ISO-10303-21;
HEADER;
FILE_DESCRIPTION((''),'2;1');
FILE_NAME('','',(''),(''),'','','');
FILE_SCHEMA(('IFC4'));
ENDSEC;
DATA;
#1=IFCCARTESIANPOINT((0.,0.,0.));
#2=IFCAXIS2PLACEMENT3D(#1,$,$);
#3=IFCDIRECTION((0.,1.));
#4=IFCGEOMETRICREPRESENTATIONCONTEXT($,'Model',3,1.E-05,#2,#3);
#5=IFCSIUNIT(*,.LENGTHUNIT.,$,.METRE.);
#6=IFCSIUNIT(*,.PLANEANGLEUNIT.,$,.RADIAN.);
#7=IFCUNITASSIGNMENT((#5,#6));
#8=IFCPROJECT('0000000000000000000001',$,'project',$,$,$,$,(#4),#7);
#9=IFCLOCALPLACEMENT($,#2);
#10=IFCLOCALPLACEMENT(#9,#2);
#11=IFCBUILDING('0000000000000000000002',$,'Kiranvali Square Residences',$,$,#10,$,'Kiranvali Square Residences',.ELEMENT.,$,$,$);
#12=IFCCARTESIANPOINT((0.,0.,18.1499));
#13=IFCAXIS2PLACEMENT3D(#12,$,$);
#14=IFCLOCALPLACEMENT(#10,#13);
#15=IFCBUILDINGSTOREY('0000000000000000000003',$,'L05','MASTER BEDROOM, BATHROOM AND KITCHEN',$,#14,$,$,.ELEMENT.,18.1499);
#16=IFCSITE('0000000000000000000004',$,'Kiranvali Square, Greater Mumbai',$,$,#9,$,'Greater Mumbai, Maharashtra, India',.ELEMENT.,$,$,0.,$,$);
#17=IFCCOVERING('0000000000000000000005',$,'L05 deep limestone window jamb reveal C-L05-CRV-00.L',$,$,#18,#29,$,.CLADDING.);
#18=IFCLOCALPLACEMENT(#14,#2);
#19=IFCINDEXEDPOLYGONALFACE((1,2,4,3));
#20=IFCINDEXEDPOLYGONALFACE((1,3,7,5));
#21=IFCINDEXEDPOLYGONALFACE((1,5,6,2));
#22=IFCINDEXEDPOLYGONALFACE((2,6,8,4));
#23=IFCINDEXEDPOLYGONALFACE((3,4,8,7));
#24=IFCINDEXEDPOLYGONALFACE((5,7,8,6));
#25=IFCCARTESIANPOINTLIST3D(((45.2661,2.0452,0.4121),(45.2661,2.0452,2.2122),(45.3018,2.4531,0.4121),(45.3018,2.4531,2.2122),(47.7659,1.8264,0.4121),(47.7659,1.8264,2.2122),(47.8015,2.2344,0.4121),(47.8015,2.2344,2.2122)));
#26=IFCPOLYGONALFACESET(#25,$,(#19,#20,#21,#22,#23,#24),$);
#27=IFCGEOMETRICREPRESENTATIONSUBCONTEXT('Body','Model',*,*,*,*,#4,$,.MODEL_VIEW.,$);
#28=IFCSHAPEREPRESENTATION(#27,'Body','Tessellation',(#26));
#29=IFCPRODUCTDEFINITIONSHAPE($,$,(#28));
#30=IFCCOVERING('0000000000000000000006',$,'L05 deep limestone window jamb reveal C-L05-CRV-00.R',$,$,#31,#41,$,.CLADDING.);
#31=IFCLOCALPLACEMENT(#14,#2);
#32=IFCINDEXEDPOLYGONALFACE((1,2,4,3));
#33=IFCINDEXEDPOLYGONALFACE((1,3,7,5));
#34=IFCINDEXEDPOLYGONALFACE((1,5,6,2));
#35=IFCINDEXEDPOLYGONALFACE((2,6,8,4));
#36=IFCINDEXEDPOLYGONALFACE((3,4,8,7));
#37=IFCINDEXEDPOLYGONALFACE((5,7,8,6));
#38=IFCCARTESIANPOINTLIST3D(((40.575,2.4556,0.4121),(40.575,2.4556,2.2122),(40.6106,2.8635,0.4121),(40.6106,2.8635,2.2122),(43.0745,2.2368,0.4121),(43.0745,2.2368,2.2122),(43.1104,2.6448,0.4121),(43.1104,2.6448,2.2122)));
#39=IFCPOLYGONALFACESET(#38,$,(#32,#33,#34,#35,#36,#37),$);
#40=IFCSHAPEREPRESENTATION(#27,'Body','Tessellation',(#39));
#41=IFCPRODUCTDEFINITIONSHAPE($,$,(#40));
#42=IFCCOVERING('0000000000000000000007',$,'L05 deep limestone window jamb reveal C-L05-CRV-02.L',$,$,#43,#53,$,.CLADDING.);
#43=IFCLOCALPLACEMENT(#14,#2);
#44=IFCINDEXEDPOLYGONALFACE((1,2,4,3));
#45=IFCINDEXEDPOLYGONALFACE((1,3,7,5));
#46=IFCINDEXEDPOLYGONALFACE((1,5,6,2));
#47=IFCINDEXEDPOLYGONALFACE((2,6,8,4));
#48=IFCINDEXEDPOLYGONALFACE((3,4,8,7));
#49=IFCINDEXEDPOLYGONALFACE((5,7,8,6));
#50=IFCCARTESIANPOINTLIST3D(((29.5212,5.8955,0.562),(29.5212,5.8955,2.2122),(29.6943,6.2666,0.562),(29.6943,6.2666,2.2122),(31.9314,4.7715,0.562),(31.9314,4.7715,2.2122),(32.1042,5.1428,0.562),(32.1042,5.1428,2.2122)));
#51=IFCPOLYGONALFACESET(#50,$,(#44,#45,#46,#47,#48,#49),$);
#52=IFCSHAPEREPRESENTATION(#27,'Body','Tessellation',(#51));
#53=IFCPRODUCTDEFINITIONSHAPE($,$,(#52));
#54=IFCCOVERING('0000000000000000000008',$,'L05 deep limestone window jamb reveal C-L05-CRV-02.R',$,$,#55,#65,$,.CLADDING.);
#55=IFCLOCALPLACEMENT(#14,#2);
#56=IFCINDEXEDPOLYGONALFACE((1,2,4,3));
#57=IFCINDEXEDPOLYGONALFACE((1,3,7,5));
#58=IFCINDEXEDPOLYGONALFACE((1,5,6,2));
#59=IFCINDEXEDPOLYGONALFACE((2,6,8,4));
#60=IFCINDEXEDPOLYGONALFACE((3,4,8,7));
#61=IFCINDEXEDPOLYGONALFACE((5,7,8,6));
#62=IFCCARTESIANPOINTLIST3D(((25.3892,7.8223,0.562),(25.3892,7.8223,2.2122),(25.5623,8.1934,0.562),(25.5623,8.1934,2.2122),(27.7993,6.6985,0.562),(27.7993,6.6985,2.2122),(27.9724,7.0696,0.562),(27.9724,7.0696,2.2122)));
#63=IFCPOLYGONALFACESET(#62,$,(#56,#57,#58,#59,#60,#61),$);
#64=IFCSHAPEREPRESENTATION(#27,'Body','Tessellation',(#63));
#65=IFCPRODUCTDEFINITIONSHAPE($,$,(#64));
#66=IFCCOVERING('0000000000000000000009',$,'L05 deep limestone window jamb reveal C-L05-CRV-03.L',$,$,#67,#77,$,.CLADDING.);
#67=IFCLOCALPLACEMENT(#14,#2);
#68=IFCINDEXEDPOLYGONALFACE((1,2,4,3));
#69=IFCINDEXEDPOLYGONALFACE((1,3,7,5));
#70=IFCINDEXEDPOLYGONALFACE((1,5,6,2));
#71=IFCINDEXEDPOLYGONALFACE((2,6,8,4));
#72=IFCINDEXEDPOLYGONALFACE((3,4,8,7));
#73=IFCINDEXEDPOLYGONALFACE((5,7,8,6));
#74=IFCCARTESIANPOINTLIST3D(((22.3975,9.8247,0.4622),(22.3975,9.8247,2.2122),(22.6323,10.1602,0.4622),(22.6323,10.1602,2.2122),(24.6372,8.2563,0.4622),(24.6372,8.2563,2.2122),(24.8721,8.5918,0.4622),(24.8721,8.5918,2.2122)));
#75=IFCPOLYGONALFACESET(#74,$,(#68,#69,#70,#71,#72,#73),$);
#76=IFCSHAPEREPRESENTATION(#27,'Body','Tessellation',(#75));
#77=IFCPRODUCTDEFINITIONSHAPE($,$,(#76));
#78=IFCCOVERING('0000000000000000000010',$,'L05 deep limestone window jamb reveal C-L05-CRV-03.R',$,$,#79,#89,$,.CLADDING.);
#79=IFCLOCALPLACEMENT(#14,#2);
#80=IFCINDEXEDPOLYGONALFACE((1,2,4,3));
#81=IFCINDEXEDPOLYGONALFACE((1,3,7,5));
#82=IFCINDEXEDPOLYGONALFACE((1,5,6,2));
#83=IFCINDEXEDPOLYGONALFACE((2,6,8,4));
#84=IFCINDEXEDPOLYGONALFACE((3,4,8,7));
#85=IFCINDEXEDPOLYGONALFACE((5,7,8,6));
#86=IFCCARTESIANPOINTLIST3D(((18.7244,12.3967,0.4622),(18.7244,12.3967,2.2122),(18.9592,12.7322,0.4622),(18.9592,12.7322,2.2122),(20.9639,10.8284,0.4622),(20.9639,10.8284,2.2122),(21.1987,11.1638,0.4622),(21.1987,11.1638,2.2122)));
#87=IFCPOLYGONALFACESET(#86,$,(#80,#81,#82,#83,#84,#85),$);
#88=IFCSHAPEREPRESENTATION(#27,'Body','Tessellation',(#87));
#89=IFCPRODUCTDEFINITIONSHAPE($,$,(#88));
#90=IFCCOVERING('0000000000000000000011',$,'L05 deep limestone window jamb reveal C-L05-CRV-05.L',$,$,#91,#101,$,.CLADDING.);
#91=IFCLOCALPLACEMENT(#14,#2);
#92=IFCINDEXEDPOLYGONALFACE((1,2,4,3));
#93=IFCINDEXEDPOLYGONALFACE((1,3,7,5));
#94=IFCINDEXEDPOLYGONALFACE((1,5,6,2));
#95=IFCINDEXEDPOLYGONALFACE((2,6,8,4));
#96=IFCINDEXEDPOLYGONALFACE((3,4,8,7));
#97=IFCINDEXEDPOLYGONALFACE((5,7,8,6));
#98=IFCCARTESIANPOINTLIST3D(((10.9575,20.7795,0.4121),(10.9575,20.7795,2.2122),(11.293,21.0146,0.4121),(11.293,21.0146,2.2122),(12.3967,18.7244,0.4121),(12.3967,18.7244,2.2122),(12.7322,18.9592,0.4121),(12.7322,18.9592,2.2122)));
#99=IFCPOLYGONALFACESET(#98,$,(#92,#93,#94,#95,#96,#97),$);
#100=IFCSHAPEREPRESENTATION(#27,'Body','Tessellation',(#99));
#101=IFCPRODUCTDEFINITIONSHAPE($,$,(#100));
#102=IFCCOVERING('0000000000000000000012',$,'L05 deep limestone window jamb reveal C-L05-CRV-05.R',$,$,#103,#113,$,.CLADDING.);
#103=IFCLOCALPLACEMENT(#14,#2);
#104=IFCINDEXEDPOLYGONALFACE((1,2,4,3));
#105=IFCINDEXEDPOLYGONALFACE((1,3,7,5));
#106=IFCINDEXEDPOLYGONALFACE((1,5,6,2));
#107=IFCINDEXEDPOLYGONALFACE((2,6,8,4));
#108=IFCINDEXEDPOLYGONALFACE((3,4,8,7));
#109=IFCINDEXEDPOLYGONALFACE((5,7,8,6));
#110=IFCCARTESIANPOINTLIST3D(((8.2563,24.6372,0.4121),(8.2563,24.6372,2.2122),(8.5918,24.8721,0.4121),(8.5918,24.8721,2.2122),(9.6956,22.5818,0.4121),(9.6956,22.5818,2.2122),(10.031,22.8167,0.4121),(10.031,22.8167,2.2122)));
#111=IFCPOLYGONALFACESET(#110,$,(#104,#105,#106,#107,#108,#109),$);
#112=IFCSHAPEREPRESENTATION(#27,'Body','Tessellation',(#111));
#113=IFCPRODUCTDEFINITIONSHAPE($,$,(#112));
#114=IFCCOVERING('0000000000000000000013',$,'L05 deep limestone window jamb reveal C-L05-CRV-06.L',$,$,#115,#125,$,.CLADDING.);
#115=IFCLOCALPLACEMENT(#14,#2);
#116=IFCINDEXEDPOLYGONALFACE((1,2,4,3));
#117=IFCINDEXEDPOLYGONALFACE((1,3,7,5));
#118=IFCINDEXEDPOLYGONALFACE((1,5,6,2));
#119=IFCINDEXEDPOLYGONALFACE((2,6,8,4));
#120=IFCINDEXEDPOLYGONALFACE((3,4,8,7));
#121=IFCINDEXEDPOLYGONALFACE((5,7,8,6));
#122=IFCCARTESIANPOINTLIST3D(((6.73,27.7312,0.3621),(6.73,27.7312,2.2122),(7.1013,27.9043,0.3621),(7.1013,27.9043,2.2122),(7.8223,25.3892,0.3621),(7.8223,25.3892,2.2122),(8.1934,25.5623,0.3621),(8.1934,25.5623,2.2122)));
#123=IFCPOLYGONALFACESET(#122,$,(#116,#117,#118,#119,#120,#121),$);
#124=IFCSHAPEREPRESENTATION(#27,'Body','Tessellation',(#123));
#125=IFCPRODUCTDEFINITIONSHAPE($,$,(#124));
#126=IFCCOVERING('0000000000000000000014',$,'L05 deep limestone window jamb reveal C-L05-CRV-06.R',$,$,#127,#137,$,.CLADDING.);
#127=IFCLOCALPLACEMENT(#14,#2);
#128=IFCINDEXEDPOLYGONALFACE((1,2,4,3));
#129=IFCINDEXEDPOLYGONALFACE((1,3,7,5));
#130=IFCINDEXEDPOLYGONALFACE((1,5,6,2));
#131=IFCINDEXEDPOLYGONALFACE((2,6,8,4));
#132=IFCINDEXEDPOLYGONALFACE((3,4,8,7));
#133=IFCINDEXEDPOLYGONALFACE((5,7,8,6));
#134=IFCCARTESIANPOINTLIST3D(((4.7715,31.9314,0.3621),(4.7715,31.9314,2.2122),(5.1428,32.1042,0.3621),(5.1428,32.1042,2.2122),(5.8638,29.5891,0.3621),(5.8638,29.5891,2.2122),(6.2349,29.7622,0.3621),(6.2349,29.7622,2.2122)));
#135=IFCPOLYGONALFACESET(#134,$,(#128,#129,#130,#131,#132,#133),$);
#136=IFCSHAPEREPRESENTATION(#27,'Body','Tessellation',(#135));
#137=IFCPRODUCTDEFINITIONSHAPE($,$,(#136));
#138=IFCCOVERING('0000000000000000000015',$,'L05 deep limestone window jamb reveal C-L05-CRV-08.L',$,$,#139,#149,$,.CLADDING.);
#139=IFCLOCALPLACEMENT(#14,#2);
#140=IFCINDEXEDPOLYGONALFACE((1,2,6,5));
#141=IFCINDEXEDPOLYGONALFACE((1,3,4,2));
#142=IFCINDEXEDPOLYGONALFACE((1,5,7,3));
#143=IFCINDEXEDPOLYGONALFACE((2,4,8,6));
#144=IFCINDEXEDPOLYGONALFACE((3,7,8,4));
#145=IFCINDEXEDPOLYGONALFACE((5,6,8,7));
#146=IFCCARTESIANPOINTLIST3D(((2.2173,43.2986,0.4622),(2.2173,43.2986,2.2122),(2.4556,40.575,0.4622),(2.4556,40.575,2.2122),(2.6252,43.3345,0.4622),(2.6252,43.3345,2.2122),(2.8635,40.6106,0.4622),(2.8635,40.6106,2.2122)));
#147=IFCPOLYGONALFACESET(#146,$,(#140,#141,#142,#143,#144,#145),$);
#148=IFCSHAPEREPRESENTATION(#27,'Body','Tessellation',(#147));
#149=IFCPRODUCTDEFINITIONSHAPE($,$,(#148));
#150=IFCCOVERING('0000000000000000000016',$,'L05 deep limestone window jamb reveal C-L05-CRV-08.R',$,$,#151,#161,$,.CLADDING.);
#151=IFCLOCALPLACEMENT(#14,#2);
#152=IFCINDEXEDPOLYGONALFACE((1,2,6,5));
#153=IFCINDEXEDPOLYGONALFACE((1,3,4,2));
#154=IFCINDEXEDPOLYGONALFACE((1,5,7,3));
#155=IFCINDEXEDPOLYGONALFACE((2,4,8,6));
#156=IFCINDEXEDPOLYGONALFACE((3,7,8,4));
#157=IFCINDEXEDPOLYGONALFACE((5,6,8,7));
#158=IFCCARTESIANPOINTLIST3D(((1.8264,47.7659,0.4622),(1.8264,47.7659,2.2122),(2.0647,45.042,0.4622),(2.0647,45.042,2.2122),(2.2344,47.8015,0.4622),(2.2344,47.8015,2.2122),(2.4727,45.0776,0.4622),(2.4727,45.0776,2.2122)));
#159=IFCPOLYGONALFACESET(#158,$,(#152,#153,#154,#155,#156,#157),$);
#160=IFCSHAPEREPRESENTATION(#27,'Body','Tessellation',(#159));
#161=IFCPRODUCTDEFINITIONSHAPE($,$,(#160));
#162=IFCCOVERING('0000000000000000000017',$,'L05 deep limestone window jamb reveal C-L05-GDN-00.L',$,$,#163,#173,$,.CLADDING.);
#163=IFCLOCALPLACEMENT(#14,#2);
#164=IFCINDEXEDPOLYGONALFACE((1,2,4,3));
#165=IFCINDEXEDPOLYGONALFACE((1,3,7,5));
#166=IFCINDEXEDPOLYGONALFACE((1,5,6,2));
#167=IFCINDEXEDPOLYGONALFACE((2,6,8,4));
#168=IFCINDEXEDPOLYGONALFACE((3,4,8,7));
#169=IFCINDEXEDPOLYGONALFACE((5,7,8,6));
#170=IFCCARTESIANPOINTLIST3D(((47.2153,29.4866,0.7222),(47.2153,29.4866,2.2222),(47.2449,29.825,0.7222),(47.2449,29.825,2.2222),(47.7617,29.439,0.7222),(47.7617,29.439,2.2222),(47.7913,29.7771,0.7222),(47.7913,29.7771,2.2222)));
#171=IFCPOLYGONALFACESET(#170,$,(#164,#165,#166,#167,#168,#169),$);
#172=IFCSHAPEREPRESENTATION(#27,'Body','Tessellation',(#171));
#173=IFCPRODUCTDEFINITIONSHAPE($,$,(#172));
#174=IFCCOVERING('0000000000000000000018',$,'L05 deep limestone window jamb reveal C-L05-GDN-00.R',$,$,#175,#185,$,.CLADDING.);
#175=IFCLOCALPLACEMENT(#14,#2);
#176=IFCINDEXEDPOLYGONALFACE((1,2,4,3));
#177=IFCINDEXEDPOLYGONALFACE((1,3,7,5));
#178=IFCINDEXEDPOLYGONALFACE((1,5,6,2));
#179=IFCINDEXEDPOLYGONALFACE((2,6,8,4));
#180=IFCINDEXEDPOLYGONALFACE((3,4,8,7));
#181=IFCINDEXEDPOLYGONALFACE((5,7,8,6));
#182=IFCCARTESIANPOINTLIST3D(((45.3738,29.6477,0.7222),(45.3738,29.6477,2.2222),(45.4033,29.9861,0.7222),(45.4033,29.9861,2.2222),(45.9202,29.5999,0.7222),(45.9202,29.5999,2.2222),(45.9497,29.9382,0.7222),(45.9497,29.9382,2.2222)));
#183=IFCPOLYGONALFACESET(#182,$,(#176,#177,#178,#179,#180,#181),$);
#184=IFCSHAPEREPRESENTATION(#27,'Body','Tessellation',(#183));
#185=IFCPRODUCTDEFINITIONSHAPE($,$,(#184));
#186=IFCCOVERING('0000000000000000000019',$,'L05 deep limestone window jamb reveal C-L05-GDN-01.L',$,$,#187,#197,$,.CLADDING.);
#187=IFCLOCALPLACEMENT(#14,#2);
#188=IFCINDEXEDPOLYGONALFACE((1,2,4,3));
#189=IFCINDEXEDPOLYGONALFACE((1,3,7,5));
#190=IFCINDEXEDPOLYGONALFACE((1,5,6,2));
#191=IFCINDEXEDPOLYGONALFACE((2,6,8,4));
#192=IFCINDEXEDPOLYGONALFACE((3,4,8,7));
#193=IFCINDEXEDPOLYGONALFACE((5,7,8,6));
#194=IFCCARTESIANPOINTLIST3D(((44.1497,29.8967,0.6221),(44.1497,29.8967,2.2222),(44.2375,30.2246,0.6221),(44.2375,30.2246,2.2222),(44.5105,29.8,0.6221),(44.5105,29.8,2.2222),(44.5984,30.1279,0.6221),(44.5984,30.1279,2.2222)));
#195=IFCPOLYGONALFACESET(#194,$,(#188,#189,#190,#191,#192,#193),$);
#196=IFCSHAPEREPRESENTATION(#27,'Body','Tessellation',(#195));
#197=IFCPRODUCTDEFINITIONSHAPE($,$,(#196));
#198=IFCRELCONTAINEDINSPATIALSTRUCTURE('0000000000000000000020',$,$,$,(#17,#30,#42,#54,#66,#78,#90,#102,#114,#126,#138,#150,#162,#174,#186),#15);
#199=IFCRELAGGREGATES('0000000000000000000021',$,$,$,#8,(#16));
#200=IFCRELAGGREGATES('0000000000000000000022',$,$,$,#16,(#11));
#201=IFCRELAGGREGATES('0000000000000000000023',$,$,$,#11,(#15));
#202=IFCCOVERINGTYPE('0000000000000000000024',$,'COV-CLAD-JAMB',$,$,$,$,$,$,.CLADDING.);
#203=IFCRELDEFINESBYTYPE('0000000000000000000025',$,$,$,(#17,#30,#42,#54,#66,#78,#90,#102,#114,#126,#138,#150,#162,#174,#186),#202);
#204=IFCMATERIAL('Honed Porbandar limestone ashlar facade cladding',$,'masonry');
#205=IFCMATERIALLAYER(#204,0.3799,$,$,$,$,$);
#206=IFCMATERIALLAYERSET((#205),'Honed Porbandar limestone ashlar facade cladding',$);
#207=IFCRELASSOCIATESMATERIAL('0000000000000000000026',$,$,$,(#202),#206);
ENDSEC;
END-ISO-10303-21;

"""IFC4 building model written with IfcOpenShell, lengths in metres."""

from ifc_helpers import new_model, si_unit, direction, frame, origin, place, context, subcontext, project, spatial, polyline, outline, extrude, material, layer, layer_set, type_object, element, save


model = new_model("IFC4")

# Units and contexts
model_context = context("Model", 3, precision=1e-05, world=origin(), true_north=direction((0.0, 1.0)))
body_context = subcontext(model_context, "Body", "Model", "MODEL_VIEW")
ifc_project = project(units=[si_unit("LENGTHUNIT", "METRE"), si_unit("PLANEANGLEUNIT", "RADIAN")], contexts=[model_context])

# Site, building, storey
site_placement = place(None, origin())
site = spatial("IfcSite", under=ifc_project, at=site_placement, Name="Kiranvali Square, Greater Mumbai", LongName="Greater Mumbai, Maharashtra, India", CompositionType="ELEMENT", RefElevation=0.0)
building_placement = place(site_placement, origin())
building = spatial("IfcBuilding", under=site, at=building_placement, Name="Kiranvali Square Residences", LongName="Kiranvali Square Residences", CompositionType="ELEMENT")
storey_placement = place(building_placement, frame((0.0, 0.0, 18.1499)))
storey = spatial("IfcBuildingStorey", under=building, at=storey_placement, Name="L05", Description="MASTER BEDROOM, BATHROOM AND KITCHEN", CompositionType="ELEMENT", Elevation=18.1499)

# Coverings
ifc_material = material(Name="Honed Porbandar limestone ashlar facade cladding", Category="masonry")
ifc_layer_1 = layer(ifc_material, 0.3799)
ifc_layer_set_1 = layer_set([ifc_layer_1], Name="Honed Porbandar limestone ashlar facade cladding")
covering_type_1 = type_object("IfcCoveringType", Name="COV-CLAD-JAMB", PredefinedType="CLADDING", material=ifc_layer_set_1)
covering_1_placement = place(storey_placement, frame((0.0, 0.0, 0.4121)))
element("IfcCovering", 1, at=covering_1_placement, inside=storey, type_object=covering_type_1, Name="L05 deep limestone window jamb reveal C-L05-CRV-00.L", PredefinedType="CLADDING", context=body_context, shape_type="SweptSolid", body=[
    extrude(outline(polyline([(47.8015, 2.2344), (45.3018, 2.4531), (45.2661, 2.0452), (47.7659, 1.8264), (47.8015, 2.2344)])), origin(), (0.0, 0.0, 1.0), 1.8),
])
covering_2_placement = place(storey_placement, frame((0.0, 0.0, 0.4121)))
element("IfcCovering", 2, at=covering_2_placement, inside=storey, type_object=covering_type_1, Name="L05 deep limestone window jamb reveal C-L05-CRV-00.R", PredefinedType="CLADDING", context=body_context, shape_type="SweptSolid", body=[
    extrude(outline(polyline([(43.1104, 2.6448), (40.6106, 2.8635), (40.575, 2.4556), (43.0745, 2.2368), (43.1104, 2.6448)])), origin(), (0.0, 0.0, 1.0), 1.8),
])
covering_3_placement = place(storey_placement, frame((0.0, 0.0, 0.562)))
element("IfcCovering", 3, at=covering_3_placement, inside=storey, type_object=covering_type_1, Name="L05 deep limestone window jamb reveal C-L05-CRV-02.L", PredefinedType="CLADDING", context=body_context, shape_type="SweptSolid", body=[
    extrude(outline(polyline([(32.1042, 5.1428), (29.6943, 6.2666), (29.5212, 5.8955), (31.9314, 4.7715), (32.1042, 5.1428)])), origin(), (0.0, 0.0, 1.0), 1.6501),
])
covering_4_placement = place(storey_placement, frame((0.0, 0.0, 0.562)))
element("IfcCovering", 4, at=covering_4_placement, inside=storey, type_object=covering_type_1, Name="L05 deep limestone window jamb reveal C-L05-CRV-02.R", PredefinedType="CLADDING", context=body_context, shape_type="SweptSolid", body=[
    extrude(outline(polyline([(27.9724, 7.0696), (25.5623, 8.1934), (25.3892, 7.8223), (27.7993, 6.6985), (27.9724, 7.0696)])), origin(), (0.0, 0.0, 1.0), 1.6501),
])
covering_5_placement = place(storey_placement, frame((0.0, 0.0, 0.4622)))
element("IfcCovering", 5, at=covering_5_placement, inside=storey, type_object=covering_type_1, Name="L05 deep limestone window jamb reveal C-L05-CRV-03.L", PredefinedType="CLADDING", context=body_context, shape_type="SweptSolid", body=[
    extrude(outline(polyline([(24.8721, 8.5918), (22.6323, 10.1602), (22.3975, 9.8247), (24.6372, 8.2563), (24.8721, 8.5918)])), origin(), (0.0, 0.0, 1.0), 1.75),
])
covering_6_placement = place(storey_placement, frame((0.0, 0.0, 0.4622)))
element("IfcCovering", 6, at=covering_6_placement, inside=storey, type_object=covering_type_1, Name="L05 deep limestone window jamb reveal C-L05-CRV-03.R", PredefinedType="CLADDING", context=body_context, shape_type="SweptSolid", body=[
    extrude(outline(polyline([(21.1987, 11.1638), (18.9592, 12.7322), (18.7244, 12.3967), (20.9639, 10.8284), (21.1987, 11.1638)])), origin(), (0.0, 0.0, 1.0), 1.75),
])
covering_7_placement = place(storey_placement, frame((0.0, 0.0, 0.4121)))
element("IfcCovering", 7, at=covering_7_placement, inside=storey, type_object=covering_type_1, Name="L05 deep limestone window jamb reveal C-L05-CRV-05.L", PredefinedType="CLADDING", context=body_context, shape_type="SweptSolid", body=[
    extrude(outline(polyline([(12.7322, 18.9592), (11.293, 21.0146), (10.9575, 20.7795), (12.3967, 18.7244), (12.7322, 18.9592)])), origin(), (0.0, 0.0, 1.0), 1.8),
])
covering_8_placement = place(storey_placement, frame((0.0, 0.0, 0.4121)))
element("IfcCovering", 8, at=covering_8_placement, inside=storey, type_object=covering_type_1, Name="L05 deep limestone window jamb reveal C-L05-CRV-05.R", PredefinedType="CLADDING", context=body_context, shape_type="SweptSolid", body=[
    extrude(outline(polyline([(10.031, 22.8167), (8.5918, 24.8721), (8.2563, 24.6372), (9.6956, 22.5818), (10.031, 22.8167)])), origin(), (0.0, 0.0, 1.0), 1.8),
])
covering_9_placement = place(storey_placement, frame((0.0, 0.0, 0.3621)))
element("IfcCovering", 9, at=covering_9_placement, inside=storey, type_object=covering_type_1, Name="L05 deep limestone window jamb reveal C-L05-CRV-06.L", PredefinedType="CLADDING", context=body_context, shape_type="SweptSolid", body=[
    extrude(outline(polyline([(8.1934, 25.5623), (7.1013, 27.9043), (6.73, 27.7312), (7.8223, 25.3892), (8.1934, 25.5623)])), origin(), (0.0, 0.0, 1.0), 1.8501),
])
covering_10_placement = place(storey_placement, frame((0.0, 0.0, 0.3621)))
element("IfcCovering", 10, at=covering_10_placement, inside=storey, type_object=covering_type_1, Name="L05 deep limestone window jamb reveal C-L05-CRV-06.R", PredefinedType="CLADDING", context=body_context, shape_type="SweptSolid", body=[
    extrude(outline(polyline([(6.2349, 29.7622), (5.1428, 32.1042), (4.7715, 31.9314), (5.8638, 29.5891), (6.2349, 29.7622)])), origin(), (0.0, 0.0, 1.0), 1.8501),
])
covering_11_placement = place(storey_placement, frame((0.0, 0.0, 0.4622)))
element("IfcCovering", 11, at=covering_11_placement, inside=storey, type_object=covering_type_1, Name="L05 deep limestone window jamb reveal C-L05-CRV-08.L", PredefinedType="CLADDING", context=body_context, shape_type="SweptSolid", body=[
    extrude(outline(polyline([(2.8635, 40.6106), (2.6252, 43.3345), (2.2173, 43.2986), (2.4556, 40.575), (2.8635, 40.6106)])), origin(), (0.0, 0.0, 1.0), 1.75),
])
covering_12_placement = place(storey_placement, frame((0.0, 0.0, 0.4622)))
element("IfcCovering", 12, at=covering_12_placement, inside=storey, type_object=covering_type_1, Name="L05 deep limestone window jamb reveal C-L05-CRV-08.R", PredefinedType="CLADDING", context=body_context, shape_type="SweptSolid", body=[
    extrude(outline(polyline([(2.4727, 45.0776), (2.2344, 47.8015), (1.8264, 47.7659), (2.0647, 45.042), (2.4727, 45.0776)])), origin(), (0.0, 0.0, 1.0), 1.75),
])
covering_13_placement = place(storey_placement, frame((0.0, 0.0, 0.7222)))
element("IfcCovering", 13, at=covering_13_placement, inside=storey, type_object=covering_type_1, Name="L05 deep limestone window jamb reveal C-L05-GDN-00.L", PredefinedType="CLADDING", context=body_context, shape_type="SweptSolid", body=[
    extrude(outline(polyline([(47.7913, 29.7771), (47.2449, 29.825), (47.2153, 29.4866), (47.7617, 29.439), (47.7913, 29.7771)])), origin(), (0.0, 0.0, 1.0), 1.5),
])
covering_14_placement = place(storey_placement, frame((0.0, 0.0, 0.7222)))
element("IfcCovering", 14, at=covering_14_placement, inside=storey, type_object=covering_type_1, Name="L05 deep limestone window jamb reveal C-L05-GDN-00.R", PredefinedType="CLADDING", context=body_context, shape_type="SweptSolid", body=[
    extrude(outline(polyline([(45.9497, 29.9382), (45.4033, 29.9861), (45.3738, 29.6477), (45.9202, 29.5999), (45.9497, 29.9382)])), origin(), (0.0, 0.0, 1.0), 1.5),
])
covering_15_placement = place(storey_placement, frame((0.0, 0.0, 0.6221)))
element("IfcCovering", 15, at=covering_15_placement, inside=storey, type_object=covering_type_1, Name="L05 deep limestone window jamb reveal C-L05-GDN-01.L", PredefinedType="CLADDING", context=body_context, shape_type="SweptSolid", body=[
    extrude(outline(polyline([(44.5984, 30.1279), (44.2375, 30.2246), (44.1497, 29.8967), (44.5105, 29.8), (44.5984, 30.1279)])), origin(), (0.0, 0.0, 1.0), 1.6001),
])

save(model, "model.ifc")
